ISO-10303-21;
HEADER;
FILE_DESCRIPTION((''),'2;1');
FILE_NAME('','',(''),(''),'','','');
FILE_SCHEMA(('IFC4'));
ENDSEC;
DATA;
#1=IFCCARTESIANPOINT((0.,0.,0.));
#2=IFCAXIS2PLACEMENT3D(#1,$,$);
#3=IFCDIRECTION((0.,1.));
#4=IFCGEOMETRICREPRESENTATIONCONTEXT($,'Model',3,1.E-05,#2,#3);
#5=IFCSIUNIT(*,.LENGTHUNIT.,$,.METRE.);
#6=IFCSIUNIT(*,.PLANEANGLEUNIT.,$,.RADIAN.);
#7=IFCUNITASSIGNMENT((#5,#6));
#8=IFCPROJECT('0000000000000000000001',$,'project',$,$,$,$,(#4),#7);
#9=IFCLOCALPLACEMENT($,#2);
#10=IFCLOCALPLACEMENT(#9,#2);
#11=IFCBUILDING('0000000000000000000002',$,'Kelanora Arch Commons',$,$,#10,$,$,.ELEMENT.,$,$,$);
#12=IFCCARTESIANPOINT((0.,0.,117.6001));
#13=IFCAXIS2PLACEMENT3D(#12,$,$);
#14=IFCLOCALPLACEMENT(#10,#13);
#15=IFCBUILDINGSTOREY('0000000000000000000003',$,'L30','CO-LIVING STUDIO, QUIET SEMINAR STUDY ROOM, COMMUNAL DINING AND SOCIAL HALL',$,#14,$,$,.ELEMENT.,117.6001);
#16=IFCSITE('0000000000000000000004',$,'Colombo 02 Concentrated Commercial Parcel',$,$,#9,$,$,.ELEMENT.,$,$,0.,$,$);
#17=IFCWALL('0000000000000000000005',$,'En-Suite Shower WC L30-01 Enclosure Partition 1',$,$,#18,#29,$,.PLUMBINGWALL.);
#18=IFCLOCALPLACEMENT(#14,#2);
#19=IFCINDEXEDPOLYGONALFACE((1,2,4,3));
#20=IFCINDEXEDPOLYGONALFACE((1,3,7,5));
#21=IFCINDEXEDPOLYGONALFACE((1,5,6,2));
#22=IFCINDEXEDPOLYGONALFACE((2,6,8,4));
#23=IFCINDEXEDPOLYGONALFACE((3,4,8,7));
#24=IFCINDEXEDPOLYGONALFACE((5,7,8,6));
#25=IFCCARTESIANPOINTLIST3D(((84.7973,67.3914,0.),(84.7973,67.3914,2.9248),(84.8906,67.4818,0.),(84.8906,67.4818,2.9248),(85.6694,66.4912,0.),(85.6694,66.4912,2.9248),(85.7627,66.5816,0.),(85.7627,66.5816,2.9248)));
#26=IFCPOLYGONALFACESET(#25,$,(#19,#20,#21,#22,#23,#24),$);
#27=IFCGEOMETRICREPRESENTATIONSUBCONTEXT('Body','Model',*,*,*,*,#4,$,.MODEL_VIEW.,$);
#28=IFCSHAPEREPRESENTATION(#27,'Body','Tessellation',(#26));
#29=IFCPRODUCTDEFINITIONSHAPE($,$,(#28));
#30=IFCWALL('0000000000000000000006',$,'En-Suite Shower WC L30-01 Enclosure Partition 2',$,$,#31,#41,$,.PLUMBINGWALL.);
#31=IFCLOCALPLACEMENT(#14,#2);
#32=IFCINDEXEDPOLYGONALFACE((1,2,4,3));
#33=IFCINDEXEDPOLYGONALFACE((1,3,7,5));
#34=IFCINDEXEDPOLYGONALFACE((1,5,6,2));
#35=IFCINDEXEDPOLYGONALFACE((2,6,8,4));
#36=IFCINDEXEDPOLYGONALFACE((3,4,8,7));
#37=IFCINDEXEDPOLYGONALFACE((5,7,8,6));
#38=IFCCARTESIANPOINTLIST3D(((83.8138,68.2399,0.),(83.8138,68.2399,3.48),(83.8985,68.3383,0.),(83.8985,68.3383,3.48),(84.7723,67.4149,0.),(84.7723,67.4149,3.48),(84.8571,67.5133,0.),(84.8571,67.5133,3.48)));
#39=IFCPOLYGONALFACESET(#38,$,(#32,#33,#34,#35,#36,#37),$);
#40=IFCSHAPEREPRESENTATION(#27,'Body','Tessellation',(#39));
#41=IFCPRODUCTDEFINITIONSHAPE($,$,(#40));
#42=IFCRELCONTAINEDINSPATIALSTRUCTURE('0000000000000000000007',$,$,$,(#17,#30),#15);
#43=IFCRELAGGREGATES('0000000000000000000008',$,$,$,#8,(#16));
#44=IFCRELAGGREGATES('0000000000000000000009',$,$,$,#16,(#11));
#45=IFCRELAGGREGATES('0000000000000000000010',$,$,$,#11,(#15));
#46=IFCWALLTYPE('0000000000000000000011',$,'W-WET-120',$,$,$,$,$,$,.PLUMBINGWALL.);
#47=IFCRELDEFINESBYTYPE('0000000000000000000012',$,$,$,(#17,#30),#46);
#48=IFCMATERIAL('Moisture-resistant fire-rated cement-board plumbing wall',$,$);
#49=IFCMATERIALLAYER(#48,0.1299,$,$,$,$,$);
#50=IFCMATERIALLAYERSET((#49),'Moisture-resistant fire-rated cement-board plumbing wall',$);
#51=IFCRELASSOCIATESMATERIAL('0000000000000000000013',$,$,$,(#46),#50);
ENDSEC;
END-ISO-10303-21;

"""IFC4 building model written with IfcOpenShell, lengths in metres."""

from ifc_helpers import new_model, si_unit, direction, frame, frame_2d, origin, place, context, subcontext, project, spatial, rectangle, extrude, material, layer, layer_set, type_object, element, save


model = new_model("IFC4")

# Units and contexts
model_context = context("Model", 3, precision=1e-05, world=origin(), true_north=direction((0.0, 1.0)))
body_context = subcontext(model_context, "Body", "Model", "MODEL_VIEW")
ifc_project = project(units=[si_unit("LENGTHUNIT", "METRE"), si_unit("PLANEANGLEUNIT", "RADIAN")], contexts=[model_context])

# Site, building, storey
site_placement = place(None, origin())
site = spatial("IfcSite", under=ifc_project, at=site_placement, Name="Colombo 02 Concentrated Commercial Parcel", CompositionType="ELEMENT", RefElevation=0.0)
building_placement = place(site_placement, origin())
building = spatial("IfcBuilding", under=site, at=building_placement, Name="Kelanora Arch Commons", CompositionType="ELEMENT")
storey_placement = place(building_placement, frame((0.0, 0.0, 117.6001)))
storey = spatial("IfcBuildingStorey", under=building, at=storey_placement, Name="L30", Description="CO-LIVING STUDIO, QUIET SEMINAR STUDY ROOM, COMMUNAL DINING AND SOCIAL HALL", CompositionType="ELEMENT", Elevation=117.6001)

# Shared definitions
ifc_material_1 = material(Name="Moisture-resistant fire-rated cement-board plumbing wall")
ifc_layer_1 = layer(ifc_material_1, 0.1299)
ifc_layer_set_1 = layer_set([ifc_layer_1], Name="Moisture-resistant fire-rated cement-board plumbing wall")
wall_type_1 = type_object("IfcWallType", Name="W-WET-120", PredefinedType="PLUMBINGWALL", material=ifc_layer_set_1)

# Walls
wall_1_placement = place(storey_placement, frame((85.7161, 66.5364, 0.0), z_axis=(0.0, 0.0, 1.0), x_axis=(-0.695817, 0.718219, 0.0)))
element("IfcWall", 1, at=wall_1_placement, inside=storey, type_object=wall_type_1, Name="En-Suite Shower WC L30-01 Enclosure Partition 1", PredefinedType="PLUMBINGWALL", context=body_context, shape_type="SweptSolid", body=[
    extrude(rectangle(XDim=1.2534, YDim=0.1299, at=frame_2d((0.6267, 0.0))), origin(), (0.0, 0.0, 1.0), 2.9248),
])
wall_2_placement = place(storey_placement, frame((84.8147, 67.4641, 0.0), z_axis=(0.0, 0.0, 1.0), x_axis=(-0.757933, 0.652332, 0.0)))
element("IfcWall", 2, at=wall_2_placement, inside=storey, type_object=wall_type_1, Name="En-Suite Shower WC L30-01 Enclosure Partition 2", PredefinedType="PLUMBINGWALL", context=body_context, shape_type="SweptSolid", body=[
    extrude(rectangle(XDim=1.2646, YDim=0.1299, at=frame_2d((0.6323, 0.0))), origin(), (0.0, 0.0, 1.0), 3.48),
])

save(model, "model.ifc")
